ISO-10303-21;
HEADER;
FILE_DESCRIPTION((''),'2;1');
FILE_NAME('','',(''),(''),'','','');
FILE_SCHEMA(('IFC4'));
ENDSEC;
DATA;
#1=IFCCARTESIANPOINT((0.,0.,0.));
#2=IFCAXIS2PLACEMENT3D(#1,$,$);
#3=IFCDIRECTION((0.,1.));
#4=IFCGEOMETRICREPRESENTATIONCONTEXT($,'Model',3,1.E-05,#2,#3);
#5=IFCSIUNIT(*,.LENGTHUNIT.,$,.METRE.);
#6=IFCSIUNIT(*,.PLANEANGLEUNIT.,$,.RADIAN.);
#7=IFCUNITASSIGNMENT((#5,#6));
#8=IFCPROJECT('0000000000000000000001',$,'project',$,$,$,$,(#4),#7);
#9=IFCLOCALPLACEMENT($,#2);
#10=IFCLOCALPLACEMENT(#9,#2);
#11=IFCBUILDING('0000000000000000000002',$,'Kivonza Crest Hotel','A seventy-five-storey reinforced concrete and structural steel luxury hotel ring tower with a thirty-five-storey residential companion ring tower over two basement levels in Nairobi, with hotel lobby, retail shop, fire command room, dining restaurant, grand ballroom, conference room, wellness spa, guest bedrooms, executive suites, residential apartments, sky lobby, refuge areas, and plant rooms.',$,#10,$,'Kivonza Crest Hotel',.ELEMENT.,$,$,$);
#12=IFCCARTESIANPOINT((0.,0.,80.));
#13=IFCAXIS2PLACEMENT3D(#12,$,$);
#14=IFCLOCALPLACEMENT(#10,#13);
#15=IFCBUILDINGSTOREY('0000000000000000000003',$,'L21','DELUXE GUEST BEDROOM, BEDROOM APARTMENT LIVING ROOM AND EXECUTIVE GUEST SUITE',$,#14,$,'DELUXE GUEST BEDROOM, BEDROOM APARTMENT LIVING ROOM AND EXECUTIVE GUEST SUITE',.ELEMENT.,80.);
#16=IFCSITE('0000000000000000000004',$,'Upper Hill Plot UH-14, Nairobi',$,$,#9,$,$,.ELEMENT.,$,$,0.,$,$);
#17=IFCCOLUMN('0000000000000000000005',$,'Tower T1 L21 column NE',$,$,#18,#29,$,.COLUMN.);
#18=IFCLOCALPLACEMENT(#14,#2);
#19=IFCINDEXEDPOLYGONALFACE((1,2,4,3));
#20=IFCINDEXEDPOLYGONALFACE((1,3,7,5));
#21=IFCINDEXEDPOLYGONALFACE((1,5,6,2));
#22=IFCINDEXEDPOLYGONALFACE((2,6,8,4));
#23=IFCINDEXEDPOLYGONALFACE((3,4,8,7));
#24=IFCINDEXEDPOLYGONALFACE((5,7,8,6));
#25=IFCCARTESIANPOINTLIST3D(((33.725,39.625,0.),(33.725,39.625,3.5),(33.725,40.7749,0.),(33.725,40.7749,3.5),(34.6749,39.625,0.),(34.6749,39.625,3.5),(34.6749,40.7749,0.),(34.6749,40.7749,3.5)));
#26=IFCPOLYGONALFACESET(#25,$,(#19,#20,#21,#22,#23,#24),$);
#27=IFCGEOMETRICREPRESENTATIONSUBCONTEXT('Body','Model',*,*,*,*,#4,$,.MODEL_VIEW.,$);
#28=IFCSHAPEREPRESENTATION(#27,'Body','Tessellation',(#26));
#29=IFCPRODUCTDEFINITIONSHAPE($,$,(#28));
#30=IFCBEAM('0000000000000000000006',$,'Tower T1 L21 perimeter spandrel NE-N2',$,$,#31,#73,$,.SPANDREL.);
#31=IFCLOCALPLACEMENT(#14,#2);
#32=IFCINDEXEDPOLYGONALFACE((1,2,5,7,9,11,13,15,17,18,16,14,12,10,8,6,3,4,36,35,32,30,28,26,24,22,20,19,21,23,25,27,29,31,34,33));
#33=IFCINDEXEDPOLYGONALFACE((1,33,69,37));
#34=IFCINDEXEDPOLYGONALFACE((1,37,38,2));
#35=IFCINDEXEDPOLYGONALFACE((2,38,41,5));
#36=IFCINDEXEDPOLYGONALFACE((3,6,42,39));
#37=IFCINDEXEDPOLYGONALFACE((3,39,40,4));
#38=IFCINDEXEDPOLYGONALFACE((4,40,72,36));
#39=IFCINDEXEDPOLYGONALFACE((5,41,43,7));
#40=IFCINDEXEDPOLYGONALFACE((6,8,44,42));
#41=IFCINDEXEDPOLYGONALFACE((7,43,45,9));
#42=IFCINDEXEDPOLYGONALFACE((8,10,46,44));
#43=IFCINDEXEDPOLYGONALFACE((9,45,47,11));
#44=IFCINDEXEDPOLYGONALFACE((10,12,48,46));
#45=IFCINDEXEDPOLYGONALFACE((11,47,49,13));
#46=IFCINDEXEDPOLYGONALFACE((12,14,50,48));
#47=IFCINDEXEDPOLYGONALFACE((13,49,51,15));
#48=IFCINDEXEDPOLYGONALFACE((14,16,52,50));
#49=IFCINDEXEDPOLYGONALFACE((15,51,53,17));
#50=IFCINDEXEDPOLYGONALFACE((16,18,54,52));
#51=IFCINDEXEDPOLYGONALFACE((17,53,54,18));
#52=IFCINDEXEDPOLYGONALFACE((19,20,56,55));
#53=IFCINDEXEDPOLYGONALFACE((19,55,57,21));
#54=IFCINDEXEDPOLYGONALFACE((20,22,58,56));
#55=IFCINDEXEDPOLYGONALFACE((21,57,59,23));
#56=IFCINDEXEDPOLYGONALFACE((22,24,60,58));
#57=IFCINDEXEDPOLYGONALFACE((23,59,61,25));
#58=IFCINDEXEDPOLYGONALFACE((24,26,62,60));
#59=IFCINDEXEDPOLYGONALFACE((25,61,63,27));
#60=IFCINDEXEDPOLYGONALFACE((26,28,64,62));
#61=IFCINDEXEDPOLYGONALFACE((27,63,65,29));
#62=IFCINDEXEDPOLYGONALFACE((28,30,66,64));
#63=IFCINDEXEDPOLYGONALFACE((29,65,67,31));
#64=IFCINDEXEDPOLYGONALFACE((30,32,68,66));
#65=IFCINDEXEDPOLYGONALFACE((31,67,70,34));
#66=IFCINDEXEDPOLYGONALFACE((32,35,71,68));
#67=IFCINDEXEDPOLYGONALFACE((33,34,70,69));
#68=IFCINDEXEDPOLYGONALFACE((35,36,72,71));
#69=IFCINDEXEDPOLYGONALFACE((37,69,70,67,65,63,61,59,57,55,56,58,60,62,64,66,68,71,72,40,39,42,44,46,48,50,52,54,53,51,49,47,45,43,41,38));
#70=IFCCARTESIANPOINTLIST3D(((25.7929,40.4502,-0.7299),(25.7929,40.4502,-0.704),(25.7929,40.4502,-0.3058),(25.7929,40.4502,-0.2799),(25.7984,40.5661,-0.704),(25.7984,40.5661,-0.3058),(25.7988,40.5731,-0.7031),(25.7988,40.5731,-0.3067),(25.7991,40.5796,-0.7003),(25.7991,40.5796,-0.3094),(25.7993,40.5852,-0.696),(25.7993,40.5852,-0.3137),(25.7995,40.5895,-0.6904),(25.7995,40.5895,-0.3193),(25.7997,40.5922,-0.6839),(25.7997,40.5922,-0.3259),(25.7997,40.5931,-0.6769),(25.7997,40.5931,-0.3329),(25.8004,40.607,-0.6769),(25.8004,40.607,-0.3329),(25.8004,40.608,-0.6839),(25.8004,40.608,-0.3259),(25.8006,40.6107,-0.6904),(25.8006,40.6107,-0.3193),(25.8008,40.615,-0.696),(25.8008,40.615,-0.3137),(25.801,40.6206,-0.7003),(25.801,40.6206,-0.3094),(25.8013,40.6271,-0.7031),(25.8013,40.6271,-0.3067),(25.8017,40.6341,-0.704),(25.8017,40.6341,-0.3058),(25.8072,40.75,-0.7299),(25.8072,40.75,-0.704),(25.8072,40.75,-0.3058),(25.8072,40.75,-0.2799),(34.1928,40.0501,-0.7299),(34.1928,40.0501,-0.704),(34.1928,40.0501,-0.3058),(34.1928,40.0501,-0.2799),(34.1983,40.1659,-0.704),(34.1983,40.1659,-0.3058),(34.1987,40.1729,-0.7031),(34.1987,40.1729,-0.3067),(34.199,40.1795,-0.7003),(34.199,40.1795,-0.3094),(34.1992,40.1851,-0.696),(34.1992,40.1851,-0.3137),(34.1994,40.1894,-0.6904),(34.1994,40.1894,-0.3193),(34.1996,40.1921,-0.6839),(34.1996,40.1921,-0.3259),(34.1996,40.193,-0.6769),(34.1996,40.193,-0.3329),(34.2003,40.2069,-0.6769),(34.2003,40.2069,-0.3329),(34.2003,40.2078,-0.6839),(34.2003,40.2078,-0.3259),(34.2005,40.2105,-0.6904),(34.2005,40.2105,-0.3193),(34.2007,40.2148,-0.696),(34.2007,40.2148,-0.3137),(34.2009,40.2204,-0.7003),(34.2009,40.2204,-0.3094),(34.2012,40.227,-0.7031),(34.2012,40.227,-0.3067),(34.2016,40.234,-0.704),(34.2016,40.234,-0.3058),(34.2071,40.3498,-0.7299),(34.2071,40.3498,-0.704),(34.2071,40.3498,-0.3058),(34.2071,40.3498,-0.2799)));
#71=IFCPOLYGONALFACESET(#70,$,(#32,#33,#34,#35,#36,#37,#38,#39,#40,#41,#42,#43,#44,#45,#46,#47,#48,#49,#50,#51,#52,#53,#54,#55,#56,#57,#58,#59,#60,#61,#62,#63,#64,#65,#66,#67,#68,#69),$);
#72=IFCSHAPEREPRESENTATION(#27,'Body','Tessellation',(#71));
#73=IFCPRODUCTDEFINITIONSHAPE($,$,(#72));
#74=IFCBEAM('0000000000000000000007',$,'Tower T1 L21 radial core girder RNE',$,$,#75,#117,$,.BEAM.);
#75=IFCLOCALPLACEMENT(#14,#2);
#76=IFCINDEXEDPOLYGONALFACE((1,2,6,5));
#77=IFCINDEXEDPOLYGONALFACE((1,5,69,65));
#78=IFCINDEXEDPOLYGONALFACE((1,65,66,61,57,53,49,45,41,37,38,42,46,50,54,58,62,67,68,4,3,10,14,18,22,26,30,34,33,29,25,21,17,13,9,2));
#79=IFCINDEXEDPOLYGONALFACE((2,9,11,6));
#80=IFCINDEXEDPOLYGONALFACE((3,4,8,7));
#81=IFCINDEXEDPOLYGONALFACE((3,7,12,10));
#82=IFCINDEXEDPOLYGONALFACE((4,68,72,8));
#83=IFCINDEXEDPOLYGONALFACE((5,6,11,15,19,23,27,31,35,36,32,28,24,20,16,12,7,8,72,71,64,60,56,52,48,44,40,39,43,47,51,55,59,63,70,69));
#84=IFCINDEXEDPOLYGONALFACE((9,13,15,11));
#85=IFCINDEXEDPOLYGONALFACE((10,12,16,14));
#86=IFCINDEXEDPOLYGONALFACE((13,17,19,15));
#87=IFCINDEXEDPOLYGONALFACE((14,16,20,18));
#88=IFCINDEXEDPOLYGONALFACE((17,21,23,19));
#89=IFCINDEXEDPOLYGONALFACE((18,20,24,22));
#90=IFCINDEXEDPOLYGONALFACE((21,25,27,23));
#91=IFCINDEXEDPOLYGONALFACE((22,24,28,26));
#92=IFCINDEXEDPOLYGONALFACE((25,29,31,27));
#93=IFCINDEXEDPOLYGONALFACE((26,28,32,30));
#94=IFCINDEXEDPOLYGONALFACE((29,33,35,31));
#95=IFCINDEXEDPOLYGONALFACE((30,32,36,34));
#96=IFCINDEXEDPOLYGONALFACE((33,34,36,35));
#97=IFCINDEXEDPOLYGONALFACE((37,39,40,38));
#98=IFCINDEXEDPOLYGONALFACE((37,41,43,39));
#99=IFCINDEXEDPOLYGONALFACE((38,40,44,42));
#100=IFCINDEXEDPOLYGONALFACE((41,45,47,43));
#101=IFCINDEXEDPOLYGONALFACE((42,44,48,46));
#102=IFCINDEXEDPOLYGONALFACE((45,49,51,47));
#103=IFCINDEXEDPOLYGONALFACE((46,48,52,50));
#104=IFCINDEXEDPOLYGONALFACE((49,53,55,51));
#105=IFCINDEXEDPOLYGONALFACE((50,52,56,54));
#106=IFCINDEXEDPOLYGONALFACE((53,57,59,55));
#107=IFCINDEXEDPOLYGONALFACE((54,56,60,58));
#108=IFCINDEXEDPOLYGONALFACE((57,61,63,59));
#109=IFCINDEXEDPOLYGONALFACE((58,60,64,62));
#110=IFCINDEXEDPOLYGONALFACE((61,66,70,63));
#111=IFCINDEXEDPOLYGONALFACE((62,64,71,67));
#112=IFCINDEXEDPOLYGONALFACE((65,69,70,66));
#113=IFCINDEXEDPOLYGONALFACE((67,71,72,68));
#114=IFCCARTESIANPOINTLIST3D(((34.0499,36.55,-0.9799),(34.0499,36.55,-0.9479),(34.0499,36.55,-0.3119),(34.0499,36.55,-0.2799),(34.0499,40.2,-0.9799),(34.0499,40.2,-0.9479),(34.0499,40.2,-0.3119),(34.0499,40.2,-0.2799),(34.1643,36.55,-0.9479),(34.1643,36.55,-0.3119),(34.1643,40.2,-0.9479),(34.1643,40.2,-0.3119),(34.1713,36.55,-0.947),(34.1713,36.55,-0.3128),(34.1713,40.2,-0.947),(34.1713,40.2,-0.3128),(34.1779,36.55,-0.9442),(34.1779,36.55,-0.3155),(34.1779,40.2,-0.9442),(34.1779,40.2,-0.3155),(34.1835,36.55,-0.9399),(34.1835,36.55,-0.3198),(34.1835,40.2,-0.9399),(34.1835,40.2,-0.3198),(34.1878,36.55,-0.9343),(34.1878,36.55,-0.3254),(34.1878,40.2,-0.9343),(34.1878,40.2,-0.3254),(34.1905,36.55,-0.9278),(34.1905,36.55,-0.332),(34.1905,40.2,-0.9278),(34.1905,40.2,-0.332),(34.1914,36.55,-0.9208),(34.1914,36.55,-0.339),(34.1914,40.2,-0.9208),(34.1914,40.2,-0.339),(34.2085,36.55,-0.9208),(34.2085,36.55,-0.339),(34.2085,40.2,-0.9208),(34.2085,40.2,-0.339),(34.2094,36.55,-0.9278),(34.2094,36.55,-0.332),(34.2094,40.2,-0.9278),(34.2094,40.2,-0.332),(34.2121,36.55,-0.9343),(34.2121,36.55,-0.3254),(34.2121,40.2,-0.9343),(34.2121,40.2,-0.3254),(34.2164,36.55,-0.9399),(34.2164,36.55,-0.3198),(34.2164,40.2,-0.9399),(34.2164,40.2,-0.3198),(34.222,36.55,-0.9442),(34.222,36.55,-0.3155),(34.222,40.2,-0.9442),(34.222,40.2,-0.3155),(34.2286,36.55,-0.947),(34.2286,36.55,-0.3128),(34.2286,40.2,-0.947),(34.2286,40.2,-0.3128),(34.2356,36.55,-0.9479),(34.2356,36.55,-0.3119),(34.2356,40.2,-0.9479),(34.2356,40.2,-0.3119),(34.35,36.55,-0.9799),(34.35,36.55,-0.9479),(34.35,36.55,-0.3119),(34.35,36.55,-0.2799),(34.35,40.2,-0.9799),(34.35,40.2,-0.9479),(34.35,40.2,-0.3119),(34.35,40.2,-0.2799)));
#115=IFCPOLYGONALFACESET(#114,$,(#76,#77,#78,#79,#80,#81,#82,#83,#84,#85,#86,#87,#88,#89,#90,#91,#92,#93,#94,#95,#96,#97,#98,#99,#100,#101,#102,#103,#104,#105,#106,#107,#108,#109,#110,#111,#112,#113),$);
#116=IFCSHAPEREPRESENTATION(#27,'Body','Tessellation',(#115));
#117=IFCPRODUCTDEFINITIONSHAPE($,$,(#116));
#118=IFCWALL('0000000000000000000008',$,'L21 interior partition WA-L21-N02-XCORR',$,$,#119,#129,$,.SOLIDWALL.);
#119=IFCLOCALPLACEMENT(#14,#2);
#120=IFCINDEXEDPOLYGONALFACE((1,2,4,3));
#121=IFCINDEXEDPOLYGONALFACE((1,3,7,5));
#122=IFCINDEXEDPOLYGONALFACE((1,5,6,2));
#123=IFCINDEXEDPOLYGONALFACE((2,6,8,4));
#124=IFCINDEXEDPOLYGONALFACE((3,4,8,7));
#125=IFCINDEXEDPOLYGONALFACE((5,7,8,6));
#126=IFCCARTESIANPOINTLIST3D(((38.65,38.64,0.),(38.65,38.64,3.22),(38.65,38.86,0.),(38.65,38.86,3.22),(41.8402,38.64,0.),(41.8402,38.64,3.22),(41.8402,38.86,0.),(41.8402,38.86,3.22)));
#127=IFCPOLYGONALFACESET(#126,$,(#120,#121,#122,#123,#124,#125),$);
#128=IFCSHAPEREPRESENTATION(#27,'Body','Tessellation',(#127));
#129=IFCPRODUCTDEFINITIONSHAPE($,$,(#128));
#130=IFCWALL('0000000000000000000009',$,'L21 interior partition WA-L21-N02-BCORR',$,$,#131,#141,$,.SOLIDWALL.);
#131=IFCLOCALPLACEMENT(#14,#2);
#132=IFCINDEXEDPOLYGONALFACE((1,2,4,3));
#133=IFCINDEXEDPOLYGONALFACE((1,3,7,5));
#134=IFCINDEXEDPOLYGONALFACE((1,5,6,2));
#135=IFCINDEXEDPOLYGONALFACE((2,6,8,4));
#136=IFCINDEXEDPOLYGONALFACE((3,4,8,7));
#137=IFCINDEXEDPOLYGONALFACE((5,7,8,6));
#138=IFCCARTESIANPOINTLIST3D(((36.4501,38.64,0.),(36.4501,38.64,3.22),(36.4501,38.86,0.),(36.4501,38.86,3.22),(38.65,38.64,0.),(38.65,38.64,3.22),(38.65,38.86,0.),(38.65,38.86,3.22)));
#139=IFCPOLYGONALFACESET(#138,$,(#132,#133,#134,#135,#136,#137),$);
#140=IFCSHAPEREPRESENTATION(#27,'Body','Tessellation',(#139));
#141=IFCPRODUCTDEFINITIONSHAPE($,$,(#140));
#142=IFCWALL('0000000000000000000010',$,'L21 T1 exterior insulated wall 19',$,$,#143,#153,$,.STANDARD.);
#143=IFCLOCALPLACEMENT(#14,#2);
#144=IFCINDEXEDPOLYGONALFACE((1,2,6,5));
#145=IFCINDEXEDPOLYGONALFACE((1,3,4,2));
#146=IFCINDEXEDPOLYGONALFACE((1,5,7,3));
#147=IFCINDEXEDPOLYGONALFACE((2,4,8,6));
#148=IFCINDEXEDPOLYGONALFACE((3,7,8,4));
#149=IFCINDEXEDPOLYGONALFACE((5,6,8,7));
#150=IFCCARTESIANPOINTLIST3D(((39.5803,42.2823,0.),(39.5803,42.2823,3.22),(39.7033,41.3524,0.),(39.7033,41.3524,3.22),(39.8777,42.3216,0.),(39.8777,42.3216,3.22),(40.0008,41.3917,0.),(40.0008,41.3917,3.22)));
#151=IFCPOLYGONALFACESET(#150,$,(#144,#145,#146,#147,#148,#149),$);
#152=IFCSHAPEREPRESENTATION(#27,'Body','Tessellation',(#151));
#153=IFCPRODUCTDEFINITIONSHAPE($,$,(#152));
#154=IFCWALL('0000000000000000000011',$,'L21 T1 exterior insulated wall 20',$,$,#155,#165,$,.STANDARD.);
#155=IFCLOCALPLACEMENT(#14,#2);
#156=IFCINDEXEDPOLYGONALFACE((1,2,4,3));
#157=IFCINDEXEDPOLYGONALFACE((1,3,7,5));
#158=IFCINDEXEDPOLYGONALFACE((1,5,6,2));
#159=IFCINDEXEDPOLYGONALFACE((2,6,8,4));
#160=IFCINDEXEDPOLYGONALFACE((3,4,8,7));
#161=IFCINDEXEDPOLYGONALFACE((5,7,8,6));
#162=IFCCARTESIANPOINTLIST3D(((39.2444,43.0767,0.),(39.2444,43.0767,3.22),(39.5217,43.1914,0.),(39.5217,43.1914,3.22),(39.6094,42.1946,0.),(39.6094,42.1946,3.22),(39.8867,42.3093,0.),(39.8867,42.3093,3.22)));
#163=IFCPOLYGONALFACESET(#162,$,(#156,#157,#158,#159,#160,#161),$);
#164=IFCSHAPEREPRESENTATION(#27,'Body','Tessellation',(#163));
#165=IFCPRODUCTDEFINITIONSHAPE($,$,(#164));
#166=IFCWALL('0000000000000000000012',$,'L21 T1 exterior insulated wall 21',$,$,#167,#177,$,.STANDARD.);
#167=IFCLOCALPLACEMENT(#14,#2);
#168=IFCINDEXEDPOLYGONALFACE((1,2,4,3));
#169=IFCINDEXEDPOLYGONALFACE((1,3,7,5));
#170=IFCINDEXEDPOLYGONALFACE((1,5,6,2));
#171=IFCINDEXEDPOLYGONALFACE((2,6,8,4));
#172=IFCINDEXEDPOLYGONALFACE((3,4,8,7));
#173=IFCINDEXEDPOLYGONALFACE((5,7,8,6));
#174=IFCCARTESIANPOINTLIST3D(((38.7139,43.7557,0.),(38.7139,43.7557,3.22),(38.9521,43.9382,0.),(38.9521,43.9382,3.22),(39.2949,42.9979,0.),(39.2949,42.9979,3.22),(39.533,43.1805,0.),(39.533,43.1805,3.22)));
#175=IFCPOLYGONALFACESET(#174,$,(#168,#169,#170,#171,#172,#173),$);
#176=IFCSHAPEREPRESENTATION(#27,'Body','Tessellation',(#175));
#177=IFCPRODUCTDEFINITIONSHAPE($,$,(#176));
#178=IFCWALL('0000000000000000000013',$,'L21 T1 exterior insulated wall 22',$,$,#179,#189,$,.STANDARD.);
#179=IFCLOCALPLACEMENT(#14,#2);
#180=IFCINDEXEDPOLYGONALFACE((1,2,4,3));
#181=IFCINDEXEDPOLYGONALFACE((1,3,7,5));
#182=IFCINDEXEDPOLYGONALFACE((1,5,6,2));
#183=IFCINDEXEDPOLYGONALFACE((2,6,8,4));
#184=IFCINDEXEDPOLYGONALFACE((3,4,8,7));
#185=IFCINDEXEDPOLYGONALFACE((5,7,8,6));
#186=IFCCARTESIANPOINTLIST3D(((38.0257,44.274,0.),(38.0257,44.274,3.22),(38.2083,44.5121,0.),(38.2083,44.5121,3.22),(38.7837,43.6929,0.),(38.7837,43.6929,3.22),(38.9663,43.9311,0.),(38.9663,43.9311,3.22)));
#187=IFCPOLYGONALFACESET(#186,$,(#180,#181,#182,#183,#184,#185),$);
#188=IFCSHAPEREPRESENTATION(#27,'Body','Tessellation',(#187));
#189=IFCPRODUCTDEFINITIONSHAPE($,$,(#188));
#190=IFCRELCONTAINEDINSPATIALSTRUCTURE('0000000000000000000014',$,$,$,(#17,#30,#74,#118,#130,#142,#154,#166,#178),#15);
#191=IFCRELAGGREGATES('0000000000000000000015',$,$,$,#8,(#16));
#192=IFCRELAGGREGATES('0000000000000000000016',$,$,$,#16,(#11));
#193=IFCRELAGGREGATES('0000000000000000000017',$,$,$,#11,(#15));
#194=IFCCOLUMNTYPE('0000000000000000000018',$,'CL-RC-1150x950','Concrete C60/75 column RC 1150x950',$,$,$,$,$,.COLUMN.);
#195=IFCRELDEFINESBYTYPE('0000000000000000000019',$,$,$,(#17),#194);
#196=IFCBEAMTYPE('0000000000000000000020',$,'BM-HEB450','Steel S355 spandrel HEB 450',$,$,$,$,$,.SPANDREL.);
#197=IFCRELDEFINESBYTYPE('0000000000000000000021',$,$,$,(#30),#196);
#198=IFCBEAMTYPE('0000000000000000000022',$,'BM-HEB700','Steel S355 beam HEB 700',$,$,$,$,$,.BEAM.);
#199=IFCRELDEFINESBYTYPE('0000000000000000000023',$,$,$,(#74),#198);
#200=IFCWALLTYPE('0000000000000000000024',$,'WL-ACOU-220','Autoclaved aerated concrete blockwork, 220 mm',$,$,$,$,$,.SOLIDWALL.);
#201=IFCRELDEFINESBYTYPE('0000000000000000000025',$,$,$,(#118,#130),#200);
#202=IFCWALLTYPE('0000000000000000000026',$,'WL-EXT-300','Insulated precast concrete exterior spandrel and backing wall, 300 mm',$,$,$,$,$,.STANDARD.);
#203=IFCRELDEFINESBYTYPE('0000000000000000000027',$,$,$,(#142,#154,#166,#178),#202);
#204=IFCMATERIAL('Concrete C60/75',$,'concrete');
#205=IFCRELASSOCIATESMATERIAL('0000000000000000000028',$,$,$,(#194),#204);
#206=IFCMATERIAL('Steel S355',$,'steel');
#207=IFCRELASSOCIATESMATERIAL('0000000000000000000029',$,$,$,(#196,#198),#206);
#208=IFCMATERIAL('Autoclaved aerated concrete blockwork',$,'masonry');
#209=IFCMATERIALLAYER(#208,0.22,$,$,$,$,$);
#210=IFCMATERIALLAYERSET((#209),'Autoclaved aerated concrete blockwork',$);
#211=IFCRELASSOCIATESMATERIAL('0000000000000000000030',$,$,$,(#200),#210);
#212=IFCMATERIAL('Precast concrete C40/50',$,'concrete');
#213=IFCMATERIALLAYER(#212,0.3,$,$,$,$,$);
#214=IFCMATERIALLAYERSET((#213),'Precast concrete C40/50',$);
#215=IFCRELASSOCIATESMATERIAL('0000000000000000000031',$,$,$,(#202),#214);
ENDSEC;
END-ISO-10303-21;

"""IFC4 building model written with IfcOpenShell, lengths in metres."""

from ifc_helpers import new_model, si_unit, direction, frame, frame_2d, origin, origin_2d, place, context, subcontext, project, spatial, rectangle, i_section, extrude, material, layer, layer_set, material_profile, profile_set, type_object, element, save


model = new_model("IFC4")

# Units and contexts
model_context = context("Model", 3, precision=1e-05, world=origin(), true_north=direction((0.0, 1.0)))
body_context = subcontext(model_context, "Body", "Model", "MODEL_VIEW")
ifc_project = project(units=[si_unit("LENGTHUNIT", "METRE"), si_unit("PLANEANGLEUNIT", "RADIAN")], contexts=[model_context])

# Site, building, storey
site_placement = place(None, origin())
site = spatial("IfcSite", under=ifc_project, at=site_placement, Name="Upper Hill Plot UH-14, Nairobi", CompositionType="ELEMENT", RefElevation=0.0)
building_placement = place(site_placement, origin())
building = spatial("IfcBuilding", under=site, at=building_placement, Name="Kivonza Crest Hotel", Description="A seventy-five-storey reinforced concrete and structural steel luxury hotel ring tower with a thirty-five-storey residential companion ring tower over two basement levels in Nairobi, with hotel lobby, retail shop, fire command room, dining restaurant, grand ballroom, conference room, wellness spa, guest bedrooms, executive suites, residential apartments, sky lobby, refuge areas, and plant rooms.", LongName="Kivonza Crest Hotel", CompositionType="ELEMENT")
storey_placement = place(building_placement, frame((0.0, 0.0, 80.0)))
storey = spatial("IfcBuildingStorey", under=building, at=storey_placement, Name="L21", Description="DELUXE GUEST BEDROOM, BEDROOM APARTMENT LIVING ROOM AND EXECUTIVE GUEST SUITE", LongName="DELUXE GUEST BEDROOM, BEDROOM APARTMENT LIVING ROOM AND EXECUTIVE GUEST SUITE", CompositionType="ELEMENT", Elevation=80.0)

# Column
ifc_material_1 = material(Name="Concrete C60/75", Category="concrete")
ifc_material_profile_1 = material_profile(ifc_material_1, rectangle(XDim=0.95, YDim=1.1499, at=origin_2d()), Name="RC 1150x950")
ifc_profile_set_1 = profile_set([ifc_material_profile_1], Name="Concrete C60/75")
column_type = type_object("IfcColumnType", Name="CL-RC-1150x950", Description="Concrete C60/75 column RC 1150x950", PredefinedType="COLUMN", material=ifc_profile_set_1)
column_placement = place(storey_placement, frame((34.2, 40.2, 0.0), z_axis=(0.0, 0.0, 1.0), x_axis=(1.0, 0.0, 0.0)))
element("IfcColumn", 1, at=column_placement, inside=storey, type_object=column_type, Name="Tower T1 L21 column NE", PredefinedType="COLUMN", context=body_context, shape_type="SweptSolid", body=[
    extrude(rectangle(XDim=0.95, YDim=1.1499, at=origin_2d()), origin(), (0.0, 0.0, 1.0), 3.5),
])

# Beams
ifc_material_2 = material(Name="Steel S355", Category="steel")
ifc_material_profile_2 = material_profile(ifc_material_2, i_section(OverallWidth=0.3, OverallDepth=0.45, WebThickness=0.0139, FlangeThickness=0.0259, FilletRadius=0.0271, at=origin_2d()), Name="HEB 450")
ifc_profile_set_2 = profile_set([ifc_material_profile_2], Name="Steel S355")
beam_type_1 = type_object("IfcBeamType", Name="BM-HEB450", Description="Steel S355 spandrel HEB 450", PredefinedType="SPANDREL", material=ifc_profile_set_2)
beam_1_placement = place(storey_placement, frame((34.2, 40.2, -0.5049), z_axis=(-0.998867, 0.047583, 0.0), x_axis=(-0.047583, -0.998867, 0.0)))
element("IfcBeam", 2, at=beam_1_placement, inside=storey, type_object=beam_type_1, Name="Tower T1 L21 perimeter spandrel NE-N2", PredefinedType="SPANDREL", context=body_context, shape_type="SweptSolid", body=[
    extrude(i_section(OverallWidth=0.3, OverallDepth=0.45, WebThickness=0.0139, FlangeThickness=0.0259, FilletRadius=0.0271, at=origin_2d()), origin(), (0.0, 0.0, 1.0), 8.4094),
])
ifc_material_profile_3 = material_profile(ifc_material_2, i_section(OverallWidth=0.3, OverallDepth=0.7, WebThickness=0.0171, FlangeThickness=0.032, FilletRadius=0.0271, at=origin_2d()), Name="HEB 700")
ifc_profile_set_3 = profile_set([ifc_material_profile_3], Name="Steel S355")
beam_type_2 = type_object("IfcBeamType", Name="BM-HEB700", Description="Steel S355 beam HEB 700", PredefinedType="BEAM", material=ifc_profile_set_3)
beam_2_placement = place(storey_placement, frame((34.2, 40.2, -0.6299), z_axis=(0.0, -1.0, 0.0), x_axis=(1.0, 0.0, 0.0)))
element("IfcBeam", 3, at=beam_2_placement, inside=storey, type_object=beam_type_2, Name="Tower T1 L21 radial core girder RNE", PredefinedType="BEAM", context=body_context, shape_type="SweptSolid", body=[
    extrude(i_section(OverallWidth=0.3, OverallDepth=0.7, WebThickness=0.0171, FlangeThickness=0.032, FilletRadius=0.0271, at=origin_2d()), origin(), (0.0, 0.0, 1.0), 3.6499),
])

# Walls
ifc_material_3 = material(Name="Autoclaved aerated concrete blockwork", Category="masonry")
ifc_layer_1 = layer(ifc_material_3, 0.22)
ifc_layer_set_1 = layer_set([ifc_layer_1], Name="Autoclaved aerated concrete blockwork")
wall_type_1 = type_object("IfcWallType", Name="WL-ACOU-220", Description="Autoclaved aerated concrete blockwork, 220 mm", PredefinedType="SOLIDWALL", material=ifc_layer_set_1)
wall_1_placement = place(storey_placement, frame((38.6499, 38.75, 0.0), z_axis=(0.0, 0.0, 1.0), x_axis=(1.0, 0.0, 0.0)))
element("IfcWall", 4, at=wall_1_placement, inside=storey, type_object=wall_type_1, Name="L21 interior partition WA-L21-N02-XCORR", PredefinedType="SOLIDWALL", context=body_context, shape_type="SweptSolid", body=[
    extrude(rectangle(XDim=3.1902, YDim=0.22, at=frame_2d((1.5952, 0.0))), origin(), (0.0, 0.0, 1.0), 3.22),
])
wall_2_placement = place(storey_placement, frame((36.45, 38.75, 0.0), z_axis=(0.0, 0.0, 1.0), x_axis=(1.0, 0.0, 0.0)))
element("IfcWall", 5, at=wall_2_placement, inside=storey, type_object=wall_type_1, Name="L21 interior partition WA-L21-N02-BCORR", PredefinedType="SOLIDWALL", context=body_context, shape_type="SweptSolid", body=[
    extrude(rectangle(XDim=2.2, YDim=0.22, at=frame_2d((1.1001, 0.0))), origin(), (0.0, 0.0, 1.0), 3.22),
])
ifc_material_4 = material(Name="Precast concrete C40/50", Category="concrete")
ifc_layer_2 = layer(ifc_material_4, 0.3)
ifc_layer_set_2 = layer_set([ifc_layer_2], Name="Precast concrete C40/50")
wall_type_2 = type_object("IfcWallType", Name="WL-EXT-300", Description="Insulated precast concrete exterior spandrel and backing wall, 300 mm", PredefinedType="STANDARD", material=ifc_layer_set_2)
wall_3_placement = place(storey_placement, frame((39.8521, 41.3721, 0.0), z_axis=(0.0, 0.0, 1.0), x_axis=(-0.131175, 0.991359, 0.0)))
element("IfcWall", 6, at=wall_3_placement, inside=storey, type_object=wall_type_2, Name="L21 T1 exterior insulated wall 19", PredefinedType="STANDARD", context=body_context, shape_type="SweptSolid", body=[
    extrude(rectangle(XDim=0.938, YDim=0.3, at=frame_2d((0.469, 0.0))), origin(), (0.0, 0.0, 1.0), 3.22),
])
wall_4_placement = place(storey_placement, frame((39.748, 42.252, 0.0), z_axis=(0.0, 0.0, 1.0), x_axis=(-0.382344, 0.92402, 0.0)))
element("IfcWall", 7, at=wall_4_placement, inside=storey, type_object=wall_type_2, Name="L21 T1 exterior insulated wall 20", PredefinedType="STANDARD", context=body_context, shape_type="SweptSolid", body=[
    extrude(rectangle(XDim=0.9546, YDim=0.3, at=frame_2d((0.4773, 0.0))), origin(), (0.0, 0.0, 1.0), 3.22),
])
wall_5_placement = place(storey_placement, frame((39.4141, 43.0891, 0.0), z_axis=(0.0, 0.0, 1.0), x_axis=(-0.608474, 0.793573, 0.0)))
element("IfcWall", 8, at=wall_5_placement, inside=storey, type_object=wall_type_2, Name="L21 T1 exterior insulated wall 21", PredefinedType="STANDARD", context=body_context, shape_type="SweptSolid", body=[
    extrude(rectangle(XDim=0.9548, YDim=0.3, at=frame_2d((0.4775, 0.0))), origin(), (0.0, 0.0, 1.0), 3.22),
])
wall_6_placement = place(storey_placement, frame((38.875, 43.812, 0.0), z_axis=(0.0, 0.0, 1.0), x_axis=(-0.793668, 0.608351, 0.0)))
element("IfcWall", 9, at=wall_6_placement, inside=storey, type_object=wall_type_2, Name="L21 T1 exterior insulated wall 22", PredefinedType="STANDARD", context=body_context, shape_type="SweptSolid", body=[
    extrude(rectangle(XDim=0.9551, YDim=0.3, at=frame_2d((0.4775, 0.0))), origin(), (0.0, 0.0, 1.0), 3.22),
])

save(model, "model.ifc")
